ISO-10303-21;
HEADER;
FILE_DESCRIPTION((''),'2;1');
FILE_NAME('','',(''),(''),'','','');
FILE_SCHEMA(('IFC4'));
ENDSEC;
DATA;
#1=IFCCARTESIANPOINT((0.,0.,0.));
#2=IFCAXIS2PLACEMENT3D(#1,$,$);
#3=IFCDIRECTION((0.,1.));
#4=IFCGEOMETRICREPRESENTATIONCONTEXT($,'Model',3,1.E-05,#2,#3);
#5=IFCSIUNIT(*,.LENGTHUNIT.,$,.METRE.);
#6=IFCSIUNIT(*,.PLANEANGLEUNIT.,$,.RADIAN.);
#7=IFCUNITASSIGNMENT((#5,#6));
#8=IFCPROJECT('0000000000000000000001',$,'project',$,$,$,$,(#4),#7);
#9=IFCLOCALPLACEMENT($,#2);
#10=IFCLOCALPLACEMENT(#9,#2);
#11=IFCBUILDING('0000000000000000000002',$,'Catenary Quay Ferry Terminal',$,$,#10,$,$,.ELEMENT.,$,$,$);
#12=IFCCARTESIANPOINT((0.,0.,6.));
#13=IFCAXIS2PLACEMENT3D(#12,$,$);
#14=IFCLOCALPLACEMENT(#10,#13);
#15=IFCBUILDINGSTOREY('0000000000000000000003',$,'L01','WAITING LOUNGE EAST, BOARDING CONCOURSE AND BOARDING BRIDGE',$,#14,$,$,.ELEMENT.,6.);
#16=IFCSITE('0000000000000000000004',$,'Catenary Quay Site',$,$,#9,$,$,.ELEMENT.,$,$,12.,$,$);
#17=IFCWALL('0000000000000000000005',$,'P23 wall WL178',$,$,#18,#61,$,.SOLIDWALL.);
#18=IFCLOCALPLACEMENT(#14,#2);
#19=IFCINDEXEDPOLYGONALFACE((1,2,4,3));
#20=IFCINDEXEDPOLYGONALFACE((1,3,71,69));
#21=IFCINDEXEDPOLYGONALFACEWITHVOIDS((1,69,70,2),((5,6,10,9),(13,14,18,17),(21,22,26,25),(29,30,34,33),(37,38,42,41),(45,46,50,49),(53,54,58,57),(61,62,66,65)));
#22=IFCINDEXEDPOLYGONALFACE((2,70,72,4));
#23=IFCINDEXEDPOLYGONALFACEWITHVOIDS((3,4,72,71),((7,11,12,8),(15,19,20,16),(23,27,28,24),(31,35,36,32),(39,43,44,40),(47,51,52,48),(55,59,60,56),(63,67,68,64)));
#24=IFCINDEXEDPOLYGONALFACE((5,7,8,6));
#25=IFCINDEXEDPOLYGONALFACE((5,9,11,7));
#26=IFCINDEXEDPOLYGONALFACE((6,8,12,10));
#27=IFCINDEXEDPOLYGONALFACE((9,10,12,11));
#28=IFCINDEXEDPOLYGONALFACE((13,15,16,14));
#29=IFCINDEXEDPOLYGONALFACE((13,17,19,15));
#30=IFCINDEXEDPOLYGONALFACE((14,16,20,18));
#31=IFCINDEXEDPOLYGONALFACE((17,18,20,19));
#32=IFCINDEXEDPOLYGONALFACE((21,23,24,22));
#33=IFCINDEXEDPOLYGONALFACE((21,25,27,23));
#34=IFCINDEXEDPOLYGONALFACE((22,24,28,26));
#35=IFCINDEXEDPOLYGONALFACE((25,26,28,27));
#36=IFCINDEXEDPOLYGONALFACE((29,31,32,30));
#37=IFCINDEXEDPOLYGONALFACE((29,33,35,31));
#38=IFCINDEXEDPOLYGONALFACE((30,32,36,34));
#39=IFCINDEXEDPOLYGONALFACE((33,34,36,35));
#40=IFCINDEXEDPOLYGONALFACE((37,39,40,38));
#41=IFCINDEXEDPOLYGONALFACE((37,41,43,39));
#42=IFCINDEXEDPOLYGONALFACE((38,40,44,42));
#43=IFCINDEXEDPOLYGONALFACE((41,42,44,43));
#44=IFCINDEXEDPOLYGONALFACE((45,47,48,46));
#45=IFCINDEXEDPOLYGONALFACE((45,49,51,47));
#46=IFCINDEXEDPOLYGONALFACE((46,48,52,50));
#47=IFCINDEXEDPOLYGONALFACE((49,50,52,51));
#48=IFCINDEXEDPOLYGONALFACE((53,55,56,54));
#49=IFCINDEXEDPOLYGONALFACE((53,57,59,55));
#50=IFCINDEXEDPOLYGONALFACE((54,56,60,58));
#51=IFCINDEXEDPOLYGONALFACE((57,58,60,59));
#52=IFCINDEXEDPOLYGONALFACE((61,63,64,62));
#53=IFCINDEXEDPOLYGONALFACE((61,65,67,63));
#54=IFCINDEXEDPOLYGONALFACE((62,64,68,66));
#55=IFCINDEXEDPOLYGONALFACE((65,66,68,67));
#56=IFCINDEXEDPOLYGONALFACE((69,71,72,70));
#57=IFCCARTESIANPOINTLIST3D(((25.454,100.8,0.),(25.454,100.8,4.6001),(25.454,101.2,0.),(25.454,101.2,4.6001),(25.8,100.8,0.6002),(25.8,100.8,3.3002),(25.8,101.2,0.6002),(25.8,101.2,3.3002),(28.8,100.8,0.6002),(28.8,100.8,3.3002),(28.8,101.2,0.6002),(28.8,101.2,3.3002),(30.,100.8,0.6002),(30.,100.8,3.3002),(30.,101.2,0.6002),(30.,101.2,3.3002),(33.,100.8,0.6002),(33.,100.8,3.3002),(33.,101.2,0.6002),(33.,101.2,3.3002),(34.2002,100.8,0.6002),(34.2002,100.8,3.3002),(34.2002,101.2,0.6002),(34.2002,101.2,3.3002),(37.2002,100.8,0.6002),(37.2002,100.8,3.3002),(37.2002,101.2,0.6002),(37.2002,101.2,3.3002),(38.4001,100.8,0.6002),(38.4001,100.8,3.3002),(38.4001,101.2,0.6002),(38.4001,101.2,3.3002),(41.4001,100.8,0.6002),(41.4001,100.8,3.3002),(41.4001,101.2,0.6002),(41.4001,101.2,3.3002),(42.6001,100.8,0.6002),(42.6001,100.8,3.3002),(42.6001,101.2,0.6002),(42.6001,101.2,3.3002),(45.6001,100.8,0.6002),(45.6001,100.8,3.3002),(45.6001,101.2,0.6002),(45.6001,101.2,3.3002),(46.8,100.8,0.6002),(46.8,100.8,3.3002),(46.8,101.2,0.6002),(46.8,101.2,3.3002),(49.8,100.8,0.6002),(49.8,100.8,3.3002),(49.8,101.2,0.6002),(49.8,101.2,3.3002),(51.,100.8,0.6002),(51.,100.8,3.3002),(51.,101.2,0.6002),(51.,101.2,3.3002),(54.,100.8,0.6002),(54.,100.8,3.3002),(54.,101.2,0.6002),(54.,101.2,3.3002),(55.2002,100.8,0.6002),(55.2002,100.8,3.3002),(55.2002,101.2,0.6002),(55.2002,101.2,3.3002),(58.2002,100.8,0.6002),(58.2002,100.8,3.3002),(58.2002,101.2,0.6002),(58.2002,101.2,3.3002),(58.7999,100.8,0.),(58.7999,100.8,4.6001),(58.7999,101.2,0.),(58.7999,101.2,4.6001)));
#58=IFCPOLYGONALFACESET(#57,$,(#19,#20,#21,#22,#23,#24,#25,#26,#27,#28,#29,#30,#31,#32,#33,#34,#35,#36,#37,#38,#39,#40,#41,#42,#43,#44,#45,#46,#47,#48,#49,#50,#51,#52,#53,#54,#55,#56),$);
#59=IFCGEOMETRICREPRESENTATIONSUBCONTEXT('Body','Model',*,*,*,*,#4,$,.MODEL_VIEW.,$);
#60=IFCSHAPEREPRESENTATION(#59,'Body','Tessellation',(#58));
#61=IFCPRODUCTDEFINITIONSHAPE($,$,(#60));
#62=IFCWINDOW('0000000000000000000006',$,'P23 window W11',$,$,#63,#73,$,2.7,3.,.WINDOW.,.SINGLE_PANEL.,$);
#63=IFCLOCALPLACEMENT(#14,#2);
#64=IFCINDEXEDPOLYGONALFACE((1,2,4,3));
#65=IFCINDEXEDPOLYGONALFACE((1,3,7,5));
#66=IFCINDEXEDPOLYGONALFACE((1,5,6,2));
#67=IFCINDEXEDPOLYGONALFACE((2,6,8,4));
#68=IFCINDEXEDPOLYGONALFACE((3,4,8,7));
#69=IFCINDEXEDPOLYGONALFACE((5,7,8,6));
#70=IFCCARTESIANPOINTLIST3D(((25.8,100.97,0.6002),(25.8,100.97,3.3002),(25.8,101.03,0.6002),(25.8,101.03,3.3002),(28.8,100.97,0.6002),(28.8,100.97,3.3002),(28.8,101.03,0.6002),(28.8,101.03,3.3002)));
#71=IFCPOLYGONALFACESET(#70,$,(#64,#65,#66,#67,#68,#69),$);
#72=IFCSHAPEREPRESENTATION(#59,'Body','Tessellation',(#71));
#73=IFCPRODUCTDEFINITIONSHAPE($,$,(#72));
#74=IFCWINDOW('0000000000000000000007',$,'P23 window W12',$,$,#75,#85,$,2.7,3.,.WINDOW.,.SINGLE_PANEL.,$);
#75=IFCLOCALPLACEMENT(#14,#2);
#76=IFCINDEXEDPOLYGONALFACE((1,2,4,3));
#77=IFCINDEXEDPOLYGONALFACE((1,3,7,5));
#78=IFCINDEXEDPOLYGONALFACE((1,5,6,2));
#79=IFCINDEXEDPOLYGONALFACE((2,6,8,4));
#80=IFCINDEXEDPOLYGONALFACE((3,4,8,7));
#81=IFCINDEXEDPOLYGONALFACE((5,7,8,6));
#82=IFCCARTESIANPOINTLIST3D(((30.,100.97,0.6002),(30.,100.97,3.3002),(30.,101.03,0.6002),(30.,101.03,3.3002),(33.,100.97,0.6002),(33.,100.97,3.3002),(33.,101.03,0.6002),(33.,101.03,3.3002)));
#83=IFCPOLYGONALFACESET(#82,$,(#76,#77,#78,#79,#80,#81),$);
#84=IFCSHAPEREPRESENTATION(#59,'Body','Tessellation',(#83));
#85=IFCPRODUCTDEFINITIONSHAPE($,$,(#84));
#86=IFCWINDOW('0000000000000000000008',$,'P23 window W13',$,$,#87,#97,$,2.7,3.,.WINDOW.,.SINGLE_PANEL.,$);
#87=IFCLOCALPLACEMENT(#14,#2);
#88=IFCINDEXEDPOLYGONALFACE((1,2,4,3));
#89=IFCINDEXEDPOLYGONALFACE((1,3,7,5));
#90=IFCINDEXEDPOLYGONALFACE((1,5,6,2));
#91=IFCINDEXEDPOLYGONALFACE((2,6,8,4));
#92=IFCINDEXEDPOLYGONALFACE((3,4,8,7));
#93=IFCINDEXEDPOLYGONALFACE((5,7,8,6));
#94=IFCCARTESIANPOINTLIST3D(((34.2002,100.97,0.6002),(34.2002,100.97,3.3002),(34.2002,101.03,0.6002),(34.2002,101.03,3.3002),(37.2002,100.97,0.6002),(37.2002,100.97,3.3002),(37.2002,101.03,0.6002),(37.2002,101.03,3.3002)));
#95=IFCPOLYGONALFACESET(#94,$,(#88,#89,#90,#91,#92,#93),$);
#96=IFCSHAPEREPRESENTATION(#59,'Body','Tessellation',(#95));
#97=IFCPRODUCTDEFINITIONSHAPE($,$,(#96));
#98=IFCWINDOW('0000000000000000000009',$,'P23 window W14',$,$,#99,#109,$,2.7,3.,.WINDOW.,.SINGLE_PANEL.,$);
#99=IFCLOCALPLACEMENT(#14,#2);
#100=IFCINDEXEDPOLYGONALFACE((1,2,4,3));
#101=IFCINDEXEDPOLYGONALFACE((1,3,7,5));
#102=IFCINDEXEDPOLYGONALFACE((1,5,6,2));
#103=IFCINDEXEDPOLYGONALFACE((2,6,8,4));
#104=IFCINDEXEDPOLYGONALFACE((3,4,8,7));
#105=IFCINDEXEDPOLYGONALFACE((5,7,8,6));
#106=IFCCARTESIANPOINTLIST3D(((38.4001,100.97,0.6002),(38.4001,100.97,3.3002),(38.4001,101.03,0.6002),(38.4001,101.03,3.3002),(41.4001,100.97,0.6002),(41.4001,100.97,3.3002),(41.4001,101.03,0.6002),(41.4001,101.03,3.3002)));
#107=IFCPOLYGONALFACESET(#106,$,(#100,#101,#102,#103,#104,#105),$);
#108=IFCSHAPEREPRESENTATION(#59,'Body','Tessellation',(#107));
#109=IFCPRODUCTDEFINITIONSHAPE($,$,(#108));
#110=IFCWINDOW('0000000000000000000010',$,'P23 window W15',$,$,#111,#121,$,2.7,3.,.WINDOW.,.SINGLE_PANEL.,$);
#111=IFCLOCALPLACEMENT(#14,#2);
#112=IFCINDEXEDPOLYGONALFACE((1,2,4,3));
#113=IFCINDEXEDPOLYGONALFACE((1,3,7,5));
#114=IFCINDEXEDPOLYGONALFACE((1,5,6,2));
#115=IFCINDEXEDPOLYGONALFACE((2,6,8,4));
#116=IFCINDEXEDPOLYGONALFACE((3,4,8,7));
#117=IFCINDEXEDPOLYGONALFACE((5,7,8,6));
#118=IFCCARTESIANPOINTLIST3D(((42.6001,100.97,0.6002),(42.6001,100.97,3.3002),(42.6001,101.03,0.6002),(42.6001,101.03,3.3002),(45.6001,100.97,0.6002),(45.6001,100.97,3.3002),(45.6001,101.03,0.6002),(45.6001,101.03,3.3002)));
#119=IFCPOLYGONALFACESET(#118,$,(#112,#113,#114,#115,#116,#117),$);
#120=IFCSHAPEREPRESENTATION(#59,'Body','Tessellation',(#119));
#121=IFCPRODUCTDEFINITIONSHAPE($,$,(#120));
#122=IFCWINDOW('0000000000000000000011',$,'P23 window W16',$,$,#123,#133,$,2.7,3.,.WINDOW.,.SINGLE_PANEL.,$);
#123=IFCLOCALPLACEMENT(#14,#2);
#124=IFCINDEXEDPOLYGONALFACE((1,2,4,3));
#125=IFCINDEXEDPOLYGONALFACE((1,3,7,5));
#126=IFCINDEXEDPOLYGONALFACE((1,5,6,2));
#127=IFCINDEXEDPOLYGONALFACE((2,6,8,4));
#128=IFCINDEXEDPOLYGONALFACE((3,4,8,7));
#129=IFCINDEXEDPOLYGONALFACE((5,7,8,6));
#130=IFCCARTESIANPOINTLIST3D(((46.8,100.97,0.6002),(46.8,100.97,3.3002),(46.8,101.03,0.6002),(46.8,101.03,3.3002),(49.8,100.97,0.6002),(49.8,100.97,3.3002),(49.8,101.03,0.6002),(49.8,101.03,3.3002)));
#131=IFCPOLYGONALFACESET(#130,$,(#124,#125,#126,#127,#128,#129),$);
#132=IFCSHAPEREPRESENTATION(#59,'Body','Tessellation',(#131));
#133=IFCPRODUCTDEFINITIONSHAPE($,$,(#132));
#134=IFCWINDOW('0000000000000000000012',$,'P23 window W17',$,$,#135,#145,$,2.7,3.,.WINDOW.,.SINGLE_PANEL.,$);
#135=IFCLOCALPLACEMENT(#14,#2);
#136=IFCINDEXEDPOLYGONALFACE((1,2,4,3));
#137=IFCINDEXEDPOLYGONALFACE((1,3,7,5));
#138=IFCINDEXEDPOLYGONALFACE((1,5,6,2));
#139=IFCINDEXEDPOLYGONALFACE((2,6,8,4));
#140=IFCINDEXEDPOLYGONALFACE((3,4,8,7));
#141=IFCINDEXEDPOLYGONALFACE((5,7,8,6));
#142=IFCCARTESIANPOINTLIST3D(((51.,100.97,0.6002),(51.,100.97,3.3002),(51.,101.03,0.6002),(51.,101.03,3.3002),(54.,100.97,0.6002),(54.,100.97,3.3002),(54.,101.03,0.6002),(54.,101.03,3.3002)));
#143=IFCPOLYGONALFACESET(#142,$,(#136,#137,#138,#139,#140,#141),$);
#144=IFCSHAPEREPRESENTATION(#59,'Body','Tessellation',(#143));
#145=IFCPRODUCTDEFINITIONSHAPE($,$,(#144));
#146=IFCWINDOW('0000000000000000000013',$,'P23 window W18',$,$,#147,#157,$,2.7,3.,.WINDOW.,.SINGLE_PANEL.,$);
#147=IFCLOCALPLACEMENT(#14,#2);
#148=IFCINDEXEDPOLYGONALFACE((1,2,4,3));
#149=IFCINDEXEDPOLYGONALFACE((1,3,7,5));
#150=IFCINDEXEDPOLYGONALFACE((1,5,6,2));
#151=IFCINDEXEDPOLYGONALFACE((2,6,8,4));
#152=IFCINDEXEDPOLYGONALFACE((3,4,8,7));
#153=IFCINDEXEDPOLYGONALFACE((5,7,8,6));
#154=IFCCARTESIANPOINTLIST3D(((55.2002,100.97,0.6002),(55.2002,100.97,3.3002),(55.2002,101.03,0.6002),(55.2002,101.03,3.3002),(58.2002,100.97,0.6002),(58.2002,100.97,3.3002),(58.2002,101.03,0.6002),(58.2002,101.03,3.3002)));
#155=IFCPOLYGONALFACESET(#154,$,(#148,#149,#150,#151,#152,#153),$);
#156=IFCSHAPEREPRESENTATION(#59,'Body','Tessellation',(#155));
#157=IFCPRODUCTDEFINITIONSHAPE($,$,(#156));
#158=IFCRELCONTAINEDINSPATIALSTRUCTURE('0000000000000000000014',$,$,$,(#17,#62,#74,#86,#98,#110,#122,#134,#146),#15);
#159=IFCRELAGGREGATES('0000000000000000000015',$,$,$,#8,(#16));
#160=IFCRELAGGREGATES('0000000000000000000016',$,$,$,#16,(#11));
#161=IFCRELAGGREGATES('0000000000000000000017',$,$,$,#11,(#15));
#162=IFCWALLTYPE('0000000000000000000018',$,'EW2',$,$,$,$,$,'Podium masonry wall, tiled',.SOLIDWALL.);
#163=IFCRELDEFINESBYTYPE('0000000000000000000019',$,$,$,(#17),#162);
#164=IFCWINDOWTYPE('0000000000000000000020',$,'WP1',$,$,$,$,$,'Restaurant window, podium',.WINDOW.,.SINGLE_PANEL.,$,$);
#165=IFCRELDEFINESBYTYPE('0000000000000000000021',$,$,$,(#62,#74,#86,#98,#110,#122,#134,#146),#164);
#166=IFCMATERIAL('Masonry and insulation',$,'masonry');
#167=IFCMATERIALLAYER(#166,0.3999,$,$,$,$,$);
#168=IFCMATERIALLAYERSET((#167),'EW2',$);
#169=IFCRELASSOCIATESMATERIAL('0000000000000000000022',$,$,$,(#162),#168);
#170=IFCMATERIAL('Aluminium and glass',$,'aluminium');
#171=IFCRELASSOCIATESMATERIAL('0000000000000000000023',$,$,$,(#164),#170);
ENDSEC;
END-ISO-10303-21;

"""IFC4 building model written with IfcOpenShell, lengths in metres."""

from ifc_helpers import new_model, si_unit, direction, frame, frame_2d, origin, place, context, subcontext, project, spatial, rectangle, extrude, material, layer, layer_set, type_object, element, fill, save


model = new_model("IFC4")

# Units and contexts
model_context = context("Model", 3, precision=1e-05, world=origin(), true_north=direction((0.0, 1.0)))
body_context = subcontext(model_context, "Body", "Model", "MODEL_VIEW")
ifc_project = project(units=[si_unit("LENGTHUNIT", "METRE"), si_unit("PLANEANGLEUNIT", "RADIAN")], contexts=[model_context])

# Site, building, storey
site_placement = place(None, origin())
site = spatial("IfcSite", under=ifc_project, at=site_placement, Name="Catenary Quay Site", CompositionType="ELEMENT", RefElevation=12.0)
building_placement = place(site_placement, origin())
building = spatial("IfcBuilding", under=site, at=building_placement, Name="Catenary Quay Ferry Terminal", CompositionType="ELEMENT")
storey_placement = place(building_placement, frame((0.0, 0.0, 6.0)))
storey = spatial("IfcBuildingStorey", under=building, at=storey_placement, Name="L01", Description="WAITING LOUNGE EAST, BOARDING CONCOURSE AND BOARDING BRIDGE", CompositionType="ELEMENT", Elevation=6.0)

# Wall, openings, windows
ifc_material_1 = material(Name="Masonry and insulation", Category="masonry")
ifc_layer_1 = layer(ifc_material_1, 0.3999)
ifc_layer_set_1 = layer_set([ifc_layer_1], Name="EW2")
wall_type_1 = type_object("IfcWallType", Name="EW2", ElementType="Podium masonry wall, tiled", PredefinedType="SOLIDWALL", material=ifc_layer_set_1)
wall_1_placement = place(storey_placement, frame((25.4541, 101.0, 0.0), z_axis=(0.0, 0.0, 1.0), x_axis=(1.0, 0.0, 0.0)))
wall_1 = element("IfcWall", 1, at=wall_1_placement, inside=storey, type_object=wall_type_1, Name="P23 wall WL178", PredefinedType="SOLIDWALL", context=body_context, shape_type="SweptSolid", body=[
    extrude(rectangle(XDim=33.3459, YDim=0.3999, at=frame_2d((16.6729, 0.0))), origin(), (0.0, 0.0, 1.0), 4.6001),
])
opening_1_placement = place(wall_1_placement, frame((0.3459, 0.0, 0.6001)))
opening_1 = element("IfcOpeningElement", 2, at=opening_1_placement, cuts=wall_1, PredefinedType="OPENING", context=body_context, shape_type="SweptSolid", body=[
    extrude(rectangle(XDim=3.0, YDim=2.7, at=frame_2d((1.5, 1.3501))), frame((0.0, 0.21, 0.0), z_axis=(0.0, -1.0, 0.0), x_axis=(1.0, 0.0, 0.0)), (0.0, 0.0, 1.0), 0.4199),
])
opening_2_placement = place(wall_1_placement, frame((4.5459, 0.0, 0.6001)))
opening_2 = element("IfcOpeningElement", 3, at=opening_2_placement, cuts=wall_1, PredefinedType="OPENING", context=body_context, shape_type="SweptSolid", body=[
    extrude(rectangle(XDim=3.0, YDim=2.7, at=frame_2d((1.5, 1.3501))), frame((0.0, 0.21, 0.0), z_axis=(0.0, -1.0, 0.0), x_axis=(1.0, 0.0, 0.0)), (0.0, 0.0, 1.0), 0.4199),
])
opening_3_placement = place(wall_1_placement, frame((8.7461, 0.0, 0.6001)))
opening_3 = element("IfcOpeningElement", 4, at=opening_3_placement, cuts=wall_1, PredefinedType="OPENING", context=body_context, shape_type="SweptSolid", body=[
    extrude(rectangle(XDim=3.0, YDim=2.7, at=frame_2d((1.5, 1.3501))), frame((0.0, 0.21, 0.0), z_axis=(0.0, -1.0, 0.0), x_axis=(1.0, 0.0, 0.0)), (0.0, 0.0, 1.0), 0.4199),
])
opening_4_placement = place(wall_1_placement, frame((12.946, 0.0, 0.6001)))
opening_4 = element("IfcOpeningElement", 5, at=opening_4_placement, cuts=wall_1, PredefinedType="OPENING", context=body_context, shape_type="SweptSolid", body=[
    extrude(rectangle(XDim=3.0, YDim=2.7, at=frame_2d((1.5, 1.3501))), frame((0.0, 0.21, 0.0), z_axis=(0.0, -1.0, 0.0), x_axis=(1.0, 0.0, 0.0)), (0.0, 0.0, 1.0), 0.4199),
])
opening_5_placement = place(wall_1_placement, frame((17.146, 0.0, 0.6001)))
opening_5 = element("IfcOpeningElement", 6, at=opening_5_placement, cuts=wall_1, PredefinedType="OPENING", context=body_context, shape_type="SweptSolid", body=[
    extrude(rectangle(XDim=3.0, YDim=2.7, at=frame_2d((1.5, 1.3501))), frame((0.0, 0.21, 0.0), z_axis=(0.0, -1.0, 0.0), x_axis=(1.0, 0.0, 0.0)), (0.0, 0.0, 1.0), 0.4199),
])
opening_6_placement = place(wall_1_placement, frame((21.3459, 0.0, 0.6001)))
opening_6 = element("IfcOpeningElement", 7, at=opening_6_placement, cuts=wall_1, PredefinedType="OPENING", context=body_context, shape_type="SweptSolid", body=[
    extrude(rectangle(XDim=3.0, YDim=2.7, at=frame_2d((1.5, 1.3501))), frame((0.0, 0.21, 0.0), z_axis=(0.0, -1.0, 0.0), x_axis=(1.0, 0.0, 0.0)), (0.0, 0.0, 1.0), 0.4199),
])
opening_7_placement = place(wall_1_placement, frame((25.5459, 0.0, 0.6001)))
opening_7 = element("IfcOpeningElement", 8, at=opening_7_placement, cuts=wall_1, PredefinedType="OPENING", context=body_context, shape_type="SweptSolid", body=[
    extrude(rectangle(XDim=3.0, YDim=2.7, at=frame_2d((1.5, 1.3501))), frame((0.0, 0.21, 0.0), z_axis=(0.0, -1.0, 0.0), x_axis=(1.0, 0.0, 0.0)), (0.0, 0.0, 1.0), 0.4199),
])
opening_8_placement = place(wall_1_placement, frame((29.7461, 0.0, 0.6001)))
opening_8 = element("IfcOpeningElement", 9, at=opening_8_placement, cuts=wall_1, PredefinedType="OPENING", context=body_context, shape_type="SweptSolid", body=[
    extrude(rectangle(XDim=3.0, YDim=2.7, at=frame_2d((1.5, 1.3501))), frame((0.0, 0.21, 0.0), z_axis=(0.0, -1.0, 0.0), x_axis=(1.0, 0.0, 0.0)), (0.0, 0.0, 1.0), 0.4199),
])
ifc_material_2 = material(Name="Aluminium and glass", Category="aluminium")
window_type = type_object("IfcWindowType", Name="WP1", ElementType="Restaurant window, podium", PartitioningType="SINGLE_PANEL", PredefinedType="WINDOW", material=ifc_material_2)
window_1_placement = place(opening_1_placement, origin())
window_1 = element("IfcWindow", 10, at=window_1_placement, inside=storey, type_object=window_type, Name="P23 window W11", OverallHeight=2.7, OverallWidth=3.0, PartitioningType="SINGLE_PANEL", PredefinedType="WINDOW", context=body_context, shape_type="SweptSolid", body=[
    extrude(rectangle(XDim=3.0, YDim=2.7, at=frame_2d((1.5, 1.3501))), frame((0.0, 0.03, 0.0), z_axis=(0.0, -1.0, 0.0), x_axis=(1.0, 0.0, 0.0)), (0.0, 0.0, 1.0), 0.0601),
])
fill(opening_1, window_1)
window_2_placement = place(opening_2_placement, origin())
window_2 = element("IfcWindow", 11, at=window_2_placement, inside=storey, type_object=window_type, Name="P23 window W12", OverallHeight=2.7, OverallWidth=3.0, PartitioningType="SINGLE_PANEL", PredefinedType="WINDOW", context=body_context, shape_type="SweptSolid", body=[
    extrude(rectangle(XDim=3.0, YDim=2.7, at=frame_2d((1.5, 1.3501))), frame((0.0, 0.03, 0.0), z_axis=(0.0, -1.0, 0.0), x_axis=(1.0, 0.0, 0.0)), (0.0, 0.0, 1.0), 0.0601),
])
fill(opening_2, window_2)
window_3_placement = place(opening_3_placement, origin())
window_3 = element("IfcWindow", 12, at=window_3_placement, inside=storey, type_object=window_type, Name="P23 window W13", OverallHeight=2.7, OverallWidth=3.0, PartitioningType="SINGLE_PANEL", PredefinedType="WINDOW", context=body_context, shape_type="SweptSolid", body=[
    extrude(rectangle(XDim=3.0, YDim=2.7, at=frame_2d((1.5, 1.3501))), frame((0.0, 0.03, 0.0), z_axis=(0.0, -1.0, 0.0), x_axis=(1.0, 0.0, 0.0)), (0.0, 0.0, 1.0), 0.0601),
])
fill(opening_3, window_3)
window_4_placement = place(opening_4_placement, origin())
window_4 = element("IfcWindow", 13, at=window_4_placement, inside=storey, type_object=window_type, Name="P23 window W14", OverallHeight=2.7, OverallWidth=3.0, PartitioningType="SINGLE_PANEL", PredefinedType="WINDOW", context=body_context, shape_type="SweptSolid", body=[
    extrude(rectangle(XDim=3.0, YDim=2.7, at=frame_2d((1.5, 1.3501))), frame((0.0, 0.03, 0.0), z_axis=(0.0, -1.0, 0.0), x_axis=(1.0, 0.0, 0.0)), (0.0, 0.0, 1.0), 0.0601),
])
fill(opening_4, window_4)
window_5_placement = place(opening_5_placement, origin())
window_5 = element("IfcWindow", 14, at=window_5_placement, inside=storey, type_object=window_type, Name="P23 window W15", OverallHeight=2.7, OverallWidth=3.0, PartitioningType="SINGLE_PANEL", PredefinedType="WINDOW", context=body_context, shape_type="SweptSolid", body=[
    extrude(rectangle(XDim=3.0, YDim=2.7, at=frame_2d((1.5, 1.3501))), frame((0.0, 0.03, 0.0), z_axis=(0.0, -1.0, 0.0), x_axis=(1.0, 0.0, 0.0)), (0.0, 0.0, 1.0), 0.0601),
])
fill(opening_5, window_5)
window_6_placement = place(opening_6_placement, origin())
window_6 = element("IfcWindow", 15, at=window_6_placement, inside=storey, type_object=window_type, Name="P23 window W16", OverallHeight=2.7, OverallWidth=3.0, PartitioningType="SINGLE_PANEL", PredefinedType="WINDOW", context=body_context, shape_type="SweptSolid", body=[
    extrude(rectangle(XDim=3.0, YDim=2.7, at=frame_2d((1.5, 1.3501))), frame((0.0, 0.03, 0.0), z_axis=(0.0, -1.0, 0.0), x_axis=(1.0, 0.0, 0.0)), (0.0, 0.0, 1.0), 0.0601),
])
fill(opening_6, window_6)
window_7_placement = place(opening_7_placement, origin())
window_7 = element("IfcWindow", 16, at=window_7_placement, inside=storey, type_object=window_type, Name="P23 window W17", OverallHeight=2.7, OverallWidth=3.0, PartitioningType="SINGLE_PANEL", PredefinedType="WINDOW", context=body_context, shape_type="SweptSolid", body=[
    extrude(rectangle(XDim=3.0, YDim=2.7, at=frame_2d((1.5, 1.3501))), frame((0.0, 0.03, 0.0), z_axis=(0.0, -1.0, 0.0), x_axis=(1.0, 0.0, 0.0)), (0.0, 0.0, 1.0), 0.0601),
])
fill(opening_7, window_7)
window_8_placement = place(opening_8_placement, origin())
window_8 = element("IfcWindow", 17, at=window_8_placement, inside=storey, type_object=window_type, Name="P23 window W18", OverallHeight=2.7, OverallWidth=3.0, PartitioningType="SINGLE_PANEL", PredefinedType="WINDOW", context=body_context, shape_type="SweptSolid", body=[
    extrude(rectangle(XDim=3.0, YDim=2.7, at=frame_2d((1.5, 1.3501))), frame((0.0, 0.03, 0.0), z_axis=(0.0, -1.0, 0.0), x_axis=(1.0, 0.0, 0.0)), (0.0, 0.0, 1.0), 0.0601),
])
fill(opening_8, window_8)

save(model, "model.ifc")
